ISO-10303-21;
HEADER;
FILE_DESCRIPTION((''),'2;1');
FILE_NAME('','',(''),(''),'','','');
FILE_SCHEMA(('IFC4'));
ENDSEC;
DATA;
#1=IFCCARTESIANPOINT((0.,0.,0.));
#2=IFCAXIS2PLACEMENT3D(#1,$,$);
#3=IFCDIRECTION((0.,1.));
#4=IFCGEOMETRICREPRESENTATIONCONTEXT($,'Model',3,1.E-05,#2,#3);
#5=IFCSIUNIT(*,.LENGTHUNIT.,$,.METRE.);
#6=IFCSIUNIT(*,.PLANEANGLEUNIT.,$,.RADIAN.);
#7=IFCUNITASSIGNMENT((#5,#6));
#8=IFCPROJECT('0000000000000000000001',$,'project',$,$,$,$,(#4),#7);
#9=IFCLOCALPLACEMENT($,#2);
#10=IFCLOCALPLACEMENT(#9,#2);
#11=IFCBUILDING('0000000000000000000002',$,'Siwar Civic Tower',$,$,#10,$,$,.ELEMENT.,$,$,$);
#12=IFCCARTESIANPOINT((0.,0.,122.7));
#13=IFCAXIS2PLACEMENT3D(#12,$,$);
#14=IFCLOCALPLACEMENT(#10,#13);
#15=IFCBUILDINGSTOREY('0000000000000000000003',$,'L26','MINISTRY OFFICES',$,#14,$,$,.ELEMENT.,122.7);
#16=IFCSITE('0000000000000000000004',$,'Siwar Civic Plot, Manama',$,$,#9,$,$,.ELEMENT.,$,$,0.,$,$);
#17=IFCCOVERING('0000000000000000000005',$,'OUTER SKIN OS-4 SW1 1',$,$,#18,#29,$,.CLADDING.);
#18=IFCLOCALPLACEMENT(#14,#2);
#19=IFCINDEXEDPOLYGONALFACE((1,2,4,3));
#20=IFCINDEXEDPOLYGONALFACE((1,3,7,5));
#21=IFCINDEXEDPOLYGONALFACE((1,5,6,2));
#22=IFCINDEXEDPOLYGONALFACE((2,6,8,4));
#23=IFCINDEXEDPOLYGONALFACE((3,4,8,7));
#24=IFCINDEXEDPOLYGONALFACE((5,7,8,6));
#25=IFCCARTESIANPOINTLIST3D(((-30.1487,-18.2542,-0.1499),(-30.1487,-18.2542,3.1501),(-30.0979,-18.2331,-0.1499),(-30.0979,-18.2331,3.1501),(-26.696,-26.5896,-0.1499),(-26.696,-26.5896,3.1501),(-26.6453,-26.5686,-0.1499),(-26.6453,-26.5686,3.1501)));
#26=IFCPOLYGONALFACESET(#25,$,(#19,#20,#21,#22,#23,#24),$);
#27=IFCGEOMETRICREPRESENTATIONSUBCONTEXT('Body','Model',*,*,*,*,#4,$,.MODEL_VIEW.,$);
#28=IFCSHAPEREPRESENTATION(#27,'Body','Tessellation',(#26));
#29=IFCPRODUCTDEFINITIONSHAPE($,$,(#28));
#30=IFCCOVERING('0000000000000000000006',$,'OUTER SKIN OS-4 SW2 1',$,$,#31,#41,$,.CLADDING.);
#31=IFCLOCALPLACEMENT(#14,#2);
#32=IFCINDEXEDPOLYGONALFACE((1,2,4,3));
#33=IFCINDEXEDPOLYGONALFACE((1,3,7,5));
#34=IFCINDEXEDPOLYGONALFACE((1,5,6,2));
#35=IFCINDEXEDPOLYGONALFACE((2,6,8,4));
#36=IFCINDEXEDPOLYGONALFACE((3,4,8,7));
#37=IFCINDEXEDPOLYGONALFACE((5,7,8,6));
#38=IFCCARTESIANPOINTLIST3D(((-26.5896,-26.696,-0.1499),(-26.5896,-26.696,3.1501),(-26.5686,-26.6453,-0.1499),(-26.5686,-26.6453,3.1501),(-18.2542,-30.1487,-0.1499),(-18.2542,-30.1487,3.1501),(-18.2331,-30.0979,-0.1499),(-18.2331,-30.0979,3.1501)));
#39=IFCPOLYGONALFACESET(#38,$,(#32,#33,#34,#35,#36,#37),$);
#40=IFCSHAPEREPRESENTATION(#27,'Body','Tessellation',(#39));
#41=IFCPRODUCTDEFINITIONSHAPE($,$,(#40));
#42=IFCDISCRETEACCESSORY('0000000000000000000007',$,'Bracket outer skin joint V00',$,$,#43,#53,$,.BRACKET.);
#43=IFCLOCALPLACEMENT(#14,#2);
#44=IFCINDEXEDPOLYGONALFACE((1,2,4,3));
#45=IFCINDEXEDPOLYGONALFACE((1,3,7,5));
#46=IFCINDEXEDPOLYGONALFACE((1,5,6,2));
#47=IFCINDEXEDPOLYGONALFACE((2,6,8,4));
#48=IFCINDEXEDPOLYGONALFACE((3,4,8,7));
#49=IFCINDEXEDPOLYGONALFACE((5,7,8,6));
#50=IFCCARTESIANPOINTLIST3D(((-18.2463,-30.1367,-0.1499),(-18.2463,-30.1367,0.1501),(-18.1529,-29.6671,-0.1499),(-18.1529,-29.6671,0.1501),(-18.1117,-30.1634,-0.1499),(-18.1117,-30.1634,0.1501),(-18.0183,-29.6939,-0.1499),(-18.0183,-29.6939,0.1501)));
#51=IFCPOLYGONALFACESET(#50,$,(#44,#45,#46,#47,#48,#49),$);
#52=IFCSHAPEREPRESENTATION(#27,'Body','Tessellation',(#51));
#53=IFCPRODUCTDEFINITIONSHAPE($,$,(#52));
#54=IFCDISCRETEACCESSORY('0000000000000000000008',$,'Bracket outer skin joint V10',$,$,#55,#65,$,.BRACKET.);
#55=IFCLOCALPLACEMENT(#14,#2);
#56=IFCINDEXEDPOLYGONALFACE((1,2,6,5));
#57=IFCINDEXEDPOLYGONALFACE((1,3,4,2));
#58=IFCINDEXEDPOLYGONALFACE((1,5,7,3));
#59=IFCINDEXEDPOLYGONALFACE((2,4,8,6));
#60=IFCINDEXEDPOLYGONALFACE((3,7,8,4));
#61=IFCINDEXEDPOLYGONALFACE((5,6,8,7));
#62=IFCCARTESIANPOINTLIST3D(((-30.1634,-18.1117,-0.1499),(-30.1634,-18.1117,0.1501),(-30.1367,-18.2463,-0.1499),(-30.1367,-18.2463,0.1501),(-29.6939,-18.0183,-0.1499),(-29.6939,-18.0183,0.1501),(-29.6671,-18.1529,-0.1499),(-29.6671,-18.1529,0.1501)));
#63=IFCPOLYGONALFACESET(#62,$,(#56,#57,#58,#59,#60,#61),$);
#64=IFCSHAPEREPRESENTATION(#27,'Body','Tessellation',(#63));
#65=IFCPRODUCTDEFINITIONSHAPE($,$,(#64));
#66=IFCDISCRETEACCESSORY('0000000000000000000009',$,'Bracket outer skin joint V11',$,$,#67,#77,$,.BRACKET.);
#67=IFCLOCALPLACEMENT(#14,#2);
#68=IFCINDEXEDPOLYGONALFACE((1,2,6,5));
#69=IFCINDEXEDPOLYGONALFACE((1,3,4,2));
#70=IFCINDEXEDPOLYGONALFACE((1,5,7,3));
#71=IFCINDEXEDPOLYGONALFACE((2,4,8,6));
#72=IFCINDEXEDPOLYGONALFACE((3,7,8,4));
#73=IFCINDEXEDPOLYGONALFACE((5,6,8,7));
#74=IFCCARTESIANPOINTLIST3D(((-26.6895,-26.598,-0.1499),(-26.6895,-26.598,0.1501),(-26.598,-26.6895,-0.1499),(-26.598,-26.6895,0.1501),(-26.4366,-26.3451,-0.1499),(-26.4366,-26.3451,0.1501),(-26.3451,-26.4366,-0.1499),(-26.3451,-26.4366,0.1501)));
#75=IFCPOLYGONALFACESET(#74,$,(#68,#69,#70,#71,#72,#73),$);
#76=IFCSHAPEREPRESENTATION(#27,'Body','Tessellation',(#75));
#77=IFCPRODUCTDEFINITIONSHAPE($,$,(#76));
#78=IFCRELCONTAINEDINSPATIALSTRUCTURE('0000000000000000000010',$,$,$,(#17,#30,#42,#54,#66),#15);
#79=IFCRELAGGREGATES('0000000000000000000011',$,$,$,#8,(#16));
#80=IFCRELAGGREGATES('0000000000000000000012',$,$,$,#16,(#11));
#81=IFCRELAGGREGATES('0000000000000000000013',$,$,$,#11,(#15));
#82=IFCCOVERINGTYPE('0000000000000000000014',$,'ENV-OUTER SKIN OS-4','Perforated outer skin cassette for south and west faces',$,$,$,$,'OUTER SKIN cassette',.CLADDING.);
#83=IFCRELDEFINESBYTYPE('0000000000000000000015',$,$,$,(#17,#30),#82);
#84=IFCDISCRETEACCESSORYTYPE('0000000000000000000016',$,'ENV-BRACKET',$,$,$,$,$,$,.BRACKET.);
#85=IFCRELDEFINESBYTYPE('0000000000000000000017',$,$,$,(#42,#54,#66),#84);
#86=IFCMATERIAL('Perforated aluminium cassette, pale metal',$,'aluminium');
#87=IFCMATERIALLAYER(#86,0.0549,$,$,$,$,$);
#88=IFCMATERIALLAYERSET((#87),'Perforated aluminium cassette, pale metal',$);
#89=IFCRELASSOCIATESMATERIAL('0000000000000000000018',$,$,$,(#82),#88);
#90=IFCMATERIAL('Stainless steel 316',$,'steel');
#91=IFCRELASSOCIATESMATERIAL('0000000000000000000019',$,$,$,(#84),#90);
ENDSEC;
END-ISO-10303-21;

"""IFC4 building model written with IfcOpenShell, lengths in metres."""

from ifc_helpers import new_model, si_unit, direction, frame, origin, origin_2d, place, context, subcontext, project, spatial, rectangle, extrude, material, layer, layer_set, type_object, element, save


model = new_model("IFC4")

# Units and contexts
model_context = context("Model", 3, precision=1e-05, world=origin(), true_north=direction((0.0, 1.0)))
body_context = subcontext(model_context, "Body", "Model", "MODEL_VIEW")
ifc_project = project(units=[si_unit("LENGTHUNIT", "METRE"), si_unit("PLANEANGLEUNIT", "RADIAN")], contexts=[model_context])

# Site, building, storey
site_placement = place(None, origin())
site = spatial("IfcSite", under=ifc_project, at=site_placement, Name="Siwar Civic Plot, Manama", CompositionType="ELEMENT", RefElevation=0.0)
building_placement = place(site_placement, origin())
building = spatial("IfcBuilding", under=site, at=building_placement, Name="Siwar Civic Tower", CompositionType="ELEMENT")
storey_placement = place(building_placement, frame((0.0, 0.0, 122.7)))
storey = spatial("IfcBuildingStorey", under=building, at=storey_placement, Name="L26", Description="MINISTRY OFFICES", CompositionType="ELEMENT", Elevation=122.7)

# Coverings
ifc_material_1 = material(Name="Perforated aluminium cassette, pale metal", Category="aluminium")
ifc_layer_1 = layer(ifc_material_1, 0.0549)
ifc_layer_set_1 = layer_set([ifc_layer_1], Name="Perforated aluminium cassette, pale metal")
covering_type = type_object("IfcCoveringType", Name="ENV-OUTER SKIN OS-4", Description="Perforated outer skin cassette for south and west faces", ElementType="OUTER SKIN cassette", PredefinedType="CLADDING", material=ifc_layer_set_1)
for number, where, z_axis, x_axis, name in (
    (1, (-28.397, -22.4114, -0.1499), (0.0, 0.0, 1.0), (0.382683, -0.92388, 0.0), "OUTER SKIN OS-4 SW1 1"),
    (2, (-22.4114, -28.397, -0.1499), (0.0, 0.0, 1.0), (0.92388, -0.382683, 0.0), "OUTER SKIN OS-4 SW2 1"),
):
    element("IfcCovering", number, at=place(storey_placement, frame(where, z_axis=z_axis, x_axis=x_axis)), inside=storey, type_object=covering_type, Name=name, PredefinedType="CLADDING", context=body_context, shape_type="SweptSolid", body=[
        extrude(rectangle(XDim=9.0222, YDim=0.0549, at=origin_2d()), origin(), (0.0, 0.0, 1.0), 3.3),
    ])

# Discrete accessories
ifc_material_2 = material(Name="Stainless steel 316", Category="steel")
discrete_accessory_type = type_object("IfcDiscreteAccessoryType", Name="ENV-BRACKET", PredefinedType="BRACKET", material=ifc_material_2)
for number, where, z_axis, x_axis, name in (
    (3, (-18.1323, -29.9153, -0.1499), (0.0, 0.0, 1.0), (-0.19509, -0.980785, 0.0), "Bracket outer skin joint V00"),
    (4, (-29.9153, -18.1323, -0.1499), (0.0, 0.0, 1.0), (-0.980785, -0.19509, 0.0), "Bracket outer skin joint V10"),
):
    element("IfcDiscreteAccessory", number, at=place(storey_placement, frame(where, z_axis=z_axis, x_axis=x_axis)), inside=storey, type_object=discrete_accessory_type, Name=name, PredefinedType="BRACKET", context=body_context, shape_type="SweptSolid", body=[
        extrude(rectangle(XDim=0.4788, YDim=0.1372, at=origin_2d()), origin(), (0.0, 0.0, 1.0), 0.3),
    ])
discrete_accessory_placement = place(storey_placement, frame((-26.5173, -26.5173, -0.1499), z_axis=(0.0, 0.0, 1.0), x_axis=(-0.707107, -0.707107, 0.0)))
element("IfcDiscreteAccessory", 5, at=discrete_accessory_placement, inside=storey, type_object=discrete_accessory_type, Name="Bracket outer skin joint V11", PredefinedType="BRACKET", context=body_context, shape_type="SweptSolid", body=[
    extrude(rectangle(XDim=0.3577, YDim=0.1294, at=origin_2d()), origin(), (0.0, 0.0, 1.0), 0.3),
])

save(model, "model.ifc")
